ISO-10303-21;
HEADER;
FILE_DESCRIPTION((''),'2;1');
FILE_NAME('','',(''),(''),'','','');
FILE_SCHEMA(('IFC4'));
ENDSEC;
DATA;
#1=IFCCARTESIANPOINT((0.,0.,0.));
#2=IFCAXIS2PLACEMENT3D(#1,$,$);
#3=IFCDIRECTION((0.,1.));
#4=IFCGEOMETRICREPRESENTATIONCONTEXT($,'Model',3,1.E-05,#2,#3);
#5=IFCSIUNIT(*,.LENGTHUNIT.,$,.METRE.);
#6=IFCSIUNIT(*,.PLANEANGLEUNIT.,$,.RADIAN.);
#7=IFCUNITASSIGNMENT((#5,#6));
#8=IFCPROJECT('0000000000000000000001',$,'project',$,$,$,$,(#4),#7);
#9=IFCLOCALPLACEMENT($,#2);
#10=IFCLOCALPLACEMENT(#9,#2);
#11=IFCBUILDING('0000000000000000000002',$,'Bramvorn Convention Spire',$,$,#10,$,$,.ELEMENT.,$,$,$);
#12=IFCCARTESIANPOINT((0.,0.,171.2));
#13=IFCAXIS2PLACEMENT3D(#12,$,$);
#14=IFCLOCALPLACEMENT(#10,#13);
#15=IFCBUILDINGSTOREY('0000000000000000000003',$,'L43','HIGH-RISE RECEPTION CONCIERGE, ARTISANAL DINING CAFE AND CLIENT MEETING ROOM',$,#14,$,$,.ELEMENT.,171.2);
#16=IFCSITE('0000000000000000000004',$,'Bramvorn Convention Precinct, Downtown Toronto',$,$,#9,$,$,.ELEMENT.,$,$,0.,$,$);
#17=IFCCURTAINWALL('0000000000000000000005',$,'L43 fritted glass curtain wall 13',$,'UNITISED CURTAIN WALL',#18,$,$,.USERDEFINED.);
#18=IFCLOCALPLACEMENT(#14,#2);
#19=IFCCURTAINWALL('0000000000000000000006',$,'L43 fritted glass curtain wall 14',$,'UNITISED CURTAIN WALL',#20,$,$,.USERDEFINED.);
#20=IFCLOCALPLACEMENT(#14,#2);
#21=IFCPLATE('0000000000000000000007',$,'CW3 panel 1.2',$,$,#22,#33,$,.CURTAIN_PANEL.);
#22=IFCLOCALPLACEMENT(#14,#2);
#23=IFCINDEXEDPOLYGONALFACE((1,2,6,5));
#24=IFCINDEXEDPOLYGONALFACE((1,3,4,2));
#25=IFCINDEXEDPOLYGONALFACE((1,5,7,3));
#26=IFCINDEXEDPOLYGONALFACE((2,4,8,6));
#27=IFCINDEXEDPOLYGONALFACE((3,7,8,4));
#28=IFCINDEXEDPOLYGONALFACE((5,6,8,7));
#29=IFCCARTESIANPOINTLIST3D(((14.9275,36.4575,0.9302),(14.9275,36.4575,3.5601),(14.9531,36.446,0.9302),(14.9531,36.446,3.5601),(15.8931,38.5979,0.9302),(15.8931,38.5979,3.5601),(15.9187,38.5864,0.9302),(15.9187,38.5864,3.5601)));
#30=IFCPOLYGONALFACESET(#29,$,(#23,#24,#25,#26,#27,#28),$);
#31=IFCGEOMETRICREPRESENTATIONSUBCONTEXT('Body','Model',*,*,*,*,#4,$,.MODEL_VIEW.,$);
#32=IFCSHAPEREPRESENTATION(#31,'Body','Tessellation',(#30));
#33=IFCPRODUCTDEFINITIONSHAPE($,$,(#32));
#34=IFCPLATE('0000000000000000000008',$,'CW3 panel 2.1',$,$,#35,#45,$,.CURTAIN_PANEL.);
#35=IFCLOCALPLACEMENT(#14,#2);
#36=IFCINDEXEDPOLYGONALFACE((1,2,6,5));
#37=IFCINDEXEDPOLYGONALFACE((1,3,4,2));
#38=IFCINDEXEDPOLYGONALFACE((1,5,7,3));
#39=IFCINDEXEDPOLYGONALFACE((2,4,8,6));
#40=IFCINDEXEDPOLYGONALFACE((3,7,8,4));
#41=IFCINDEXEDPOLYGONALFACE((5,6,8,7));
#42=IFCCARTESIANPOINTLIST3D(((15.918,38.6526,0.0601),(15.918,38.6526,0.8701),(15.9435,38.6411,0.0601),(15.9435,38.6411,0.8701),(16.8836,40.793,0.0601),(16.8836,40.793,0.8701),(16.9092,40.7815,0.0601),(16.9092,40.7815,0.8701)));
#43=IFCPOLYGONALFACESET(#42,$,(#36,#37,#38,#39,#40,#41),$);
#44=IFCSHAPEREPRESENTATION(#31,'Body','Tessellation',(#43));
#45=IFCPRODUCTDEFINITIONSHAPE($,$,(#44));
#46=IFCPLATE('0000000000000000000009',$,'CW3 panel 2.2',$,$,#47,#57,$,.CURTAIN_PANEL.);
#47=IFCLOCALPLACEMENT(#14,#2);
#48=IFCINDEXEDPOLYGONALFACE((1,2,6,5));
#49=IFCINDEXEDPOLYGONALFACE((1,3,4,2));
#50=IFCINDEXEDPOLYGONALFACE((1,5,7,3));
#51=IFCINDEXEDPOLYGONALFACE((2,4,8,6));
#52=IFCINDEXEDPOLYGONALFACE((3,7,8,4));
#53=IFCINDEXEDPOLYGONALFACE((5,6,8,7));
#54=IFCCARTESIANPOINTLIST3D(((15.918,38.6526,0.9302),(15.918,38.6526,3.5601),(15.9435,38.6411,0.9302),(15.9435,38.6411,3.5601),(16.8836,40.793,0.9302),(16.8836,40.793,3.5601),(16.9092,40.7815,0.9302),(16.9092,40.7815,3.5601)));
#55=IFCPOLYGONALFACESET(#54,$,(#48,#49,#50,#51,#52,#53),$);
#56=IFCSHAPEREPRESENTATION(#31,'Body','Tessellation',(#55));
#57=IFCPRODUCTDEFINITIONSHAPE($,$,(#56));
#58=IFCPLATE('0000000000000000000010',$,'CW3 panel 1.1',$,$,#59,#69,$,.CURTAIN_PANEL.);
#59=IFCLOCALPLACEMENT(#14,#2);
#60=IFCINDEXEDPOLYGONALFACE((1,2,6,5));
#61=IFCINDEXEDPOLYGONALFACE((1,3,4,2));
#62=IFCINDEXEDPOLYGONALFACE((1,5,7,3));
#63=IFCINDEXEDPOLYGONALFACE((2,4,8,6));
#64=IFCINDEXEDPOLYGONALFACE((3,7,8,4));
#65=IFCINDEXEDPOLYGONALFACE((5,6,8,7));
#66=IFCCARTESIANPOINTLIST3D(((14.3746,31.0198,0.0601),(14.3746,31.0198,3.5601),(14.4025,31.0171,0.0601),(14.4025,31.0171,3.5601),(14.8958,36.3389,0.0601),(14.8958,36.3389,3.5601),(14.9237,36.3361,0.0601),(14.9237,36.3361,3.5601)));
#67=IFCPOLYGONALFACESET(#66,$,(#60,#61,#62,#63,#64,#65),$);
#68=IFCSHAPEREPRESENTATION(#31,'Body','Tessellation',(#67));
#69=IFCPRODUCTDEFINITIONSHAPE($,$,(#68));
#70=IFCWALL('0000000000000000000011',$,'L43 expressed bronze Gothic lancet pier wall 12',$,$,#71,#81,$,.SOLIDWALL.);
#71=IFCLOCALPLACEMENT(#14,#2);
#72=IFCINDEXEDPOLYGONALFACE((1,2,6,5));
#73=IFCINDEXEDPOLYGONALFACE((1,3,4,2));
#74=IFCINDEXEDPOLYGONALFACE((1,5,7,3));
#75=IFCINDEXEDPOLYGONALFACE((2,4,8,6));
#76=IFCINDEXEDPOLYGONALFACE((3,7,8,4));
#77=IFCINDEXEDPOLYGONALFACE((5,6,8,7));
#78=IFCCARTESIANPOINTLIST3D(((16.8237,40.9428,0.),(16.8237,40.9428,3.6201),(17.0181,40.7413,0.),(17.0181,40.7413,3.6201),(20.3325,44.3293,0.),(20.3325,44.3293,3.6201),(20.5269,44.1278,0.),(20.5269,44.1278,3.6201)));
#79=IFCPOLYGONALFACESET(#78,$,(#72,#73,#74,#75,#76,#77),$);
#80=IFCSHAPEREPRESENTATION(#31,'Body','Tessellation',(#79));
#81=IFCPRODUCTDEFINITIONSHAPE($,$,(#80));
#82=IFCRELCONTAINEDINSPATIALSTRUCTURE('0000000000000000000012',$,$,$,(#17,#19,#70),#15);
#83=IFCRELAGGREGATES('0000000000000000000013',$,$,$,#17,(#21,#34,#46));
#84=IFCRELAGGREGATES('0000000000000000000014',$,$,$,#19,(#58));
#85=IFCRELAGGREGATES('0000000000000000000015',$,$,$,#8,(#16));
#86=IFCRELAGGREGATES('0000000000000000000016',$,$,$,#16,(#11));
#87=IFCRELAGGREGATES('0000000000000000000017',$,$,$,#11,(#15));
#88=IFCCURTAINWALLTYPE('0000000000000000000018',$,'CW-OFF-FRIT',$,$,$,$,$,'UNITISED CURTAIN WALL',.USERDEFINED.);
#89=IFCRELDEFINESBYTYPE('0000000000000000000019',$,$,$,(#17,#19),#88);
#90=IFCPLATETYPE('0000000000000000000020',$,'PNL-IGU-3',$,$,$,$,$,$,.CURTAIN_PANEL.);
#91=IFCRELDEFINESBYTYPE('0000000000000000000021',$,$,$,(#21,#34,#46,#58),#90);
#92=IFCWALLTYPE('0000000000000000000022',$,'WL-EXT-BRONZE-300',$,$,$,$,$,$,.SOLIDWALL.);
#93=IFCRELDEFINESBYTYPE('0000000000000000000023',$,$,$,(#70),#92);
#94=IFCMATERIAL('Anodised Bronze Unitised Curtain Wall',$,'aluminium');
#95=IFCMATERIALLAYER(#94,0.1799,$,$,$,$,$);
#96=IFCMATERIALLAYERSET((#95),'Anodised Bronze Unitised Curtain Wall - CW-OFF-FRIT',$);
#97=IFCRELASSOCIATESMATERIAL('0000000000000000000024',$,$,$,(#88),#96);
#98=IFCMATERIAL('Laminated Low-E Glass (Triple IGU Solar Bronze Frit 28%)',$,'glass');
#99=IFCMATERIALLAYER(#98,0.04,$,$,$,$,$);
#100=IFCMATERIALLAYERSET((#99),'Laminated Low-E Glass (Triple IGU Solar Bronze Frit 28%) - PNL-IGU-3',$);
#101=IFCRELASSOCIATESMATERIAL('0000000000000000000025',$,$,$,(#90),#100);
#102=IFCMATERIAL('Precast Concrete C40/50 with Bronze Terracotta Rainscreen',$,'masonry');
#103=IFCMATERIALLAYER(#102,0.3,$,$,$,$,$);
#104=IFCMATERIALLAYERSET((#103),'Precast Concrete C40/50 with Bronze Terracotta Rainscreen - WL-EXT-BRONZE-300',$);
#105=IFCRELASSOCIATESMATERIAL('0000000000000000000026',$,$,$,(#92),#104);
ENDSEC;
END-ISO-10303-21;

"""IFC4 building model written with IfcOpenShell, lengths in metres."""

from ifc_helpers import new_model, si_unit, direction, frame, frame_2d, origin, origin_2d, place, context, subcontext, project, spatial, rectangle, extrude, material, layer, layer_set, type_object, element, aggregate, save


model = new_model("IFC4")

# Units and contexts
model_context = context("Model", 3, precision=1e-05, world=origin(), true_north=direction((0.0, 1.0)))
body_context = subcontext(model_context, "Body", "Model", "MODEL_VIEW")
ifc_project = project(units=[si_unit("LENGTHUNIT", "METRE"), si_unit("PLANEANGLEUNIT", "RADIAN")], contexts=[model_context])

# Site, building, storey
site_placement = place(None, origin())
site = spatial("IfcSite", under=ifc_project, at=site_placement, Name="Bramvorn Convention Precinct, Downtown Toronto", CompositionType="ELEMENT", RefElevation=0.0)
building_placement = place(site_placement, origin())
building = spatial("IfcBuilding", under=site, at=building_placement, Name="Bramvorn Convention Spire", CompositionType="ELEMENT")
storey_placement = place(building_placement, frame((0.0, 0.0, 171.2)))
storey = spatial("IfcBuildingStorey", under=building, at=storey_placement, Name="L43", Description="HIGH-RISE RECEPTION CONCIERGE, ARTISANAL DINING CAFE AND CLIENT MEETING ROOM", CompositionType="ELEMENT", Elevation=171.2)

# Curtain wall
ifc_material_1 = material(Name="Anodised Bronze Unitised Curtain Wall", Category="aluminium")
ifc_layer_1 = layer(ifc_material_1, 0.1799)
ifc_layer_set_1 = layer_set([ifc_layer_1], Name="Anodised Bronze Unitised Curtain Wall - CW-OFF-FRIT")
curtain_wall_type = type_object("IfcCurtainWallType", Name="CW-OFF-FRIT", ElementType="UNITISED CURTAIN WALL", PredefinedType="USERDEFINED", material=ifc_layer_set_1)
curtain_wall_1_placement = place(storey_placement, origin())
curtain_wall_1 = element("IfcCurtainWall", 1, at=curtain_wall_1_placement, inside=storey, type_object=curtain_wall_type, Name="L43 fritted glass curtain wall 13", ObjectType="UNITISED CURTAIN WALL", PredefinedType="USERDEFINED")

# Curtain wall
curtain_wall_2_placement = place(storey_placement, origin())
curtain_wall_2 = element("IfcCurtainWall", 2, at=curtain_wall_2_placement, inside=storey, type_object=curtain_wall_type, Name="L43 fritted glass curtain wall 14", ObjectType="UNITISED CURTAIN WALL", PredefinedType="USERDEFINED")

# Plates
ifc_material_2 = material(Name="Laminated Low-E Glass (Triple IGU Solar Bronze Frit 28%)", Category="glass")
ifc_layer_2 = layer(ifc_material_2, 0.04)
ifc_layer_set_2 = layer_set([ifc_layer_2], Name="Laminated Low-E Glass (Triple IGU Solar Bronze Frit 28%) - PNL-IGU-3")
plate_type = type_object("IfcPlateType", Name="PNL-IGU-3", PredefinedType="CURTAIN_PANEL", material=ifc_layer_set_2)
plate_1_placement = place(storey_placement, frame((15.4231, 37.522, 0.9302), z_axis=(0.0, 0.0, 1.0), x_axis=(0.411241, 0.911527, 0.0)))
plate_1 = element("IfcPlate", 3, at=plate_1_placement, type_object=plate_type, Name="CW3 panel 1.2", PredefinedType="CURTAIN_PANEL", context=body_context, shape_type="SweptSolid", body=[
    extrude(rectangle(XDim=2.3481, YDim=0.0281, at=origin_2d()), origin(), (0.0, 0.0, 1.0), 2.6299),
])
plate_2_placement = place(storey_placement, frame((16.4136, 39.717, 0.0601), z_axis=(0.0, 0.0, 1.0), x_axis=(0.411241, 0.911527, 0.0)))
plate_2 = element("IfcPlate", 4, at=plate_2_placement, type_object=plate_type, Name="CW3 panel 2.1", PredefinedType="CURTAIN_PANEL", context=body_context, shape_type="SweptSolid", body=[
    extrude(rectangle(XDim=2.3481, YDim=0.0281, at=origin_2d()), origin(), (0.0, 0.0, 1.0), 0.8101),
])
plate_3_placement = place(storey_placement, frame((16.4136, 39.717, 0.9302), z_axis=(0.0, 0.0, 1.0), x_axis=(0.411241, 0.911527, 0.0)))
plate_3 = element("IfcPlate", 5, at=plate_3_placement, type_object=plate_type, Name="CW3 panel 2.2", PredefinedType="CURTAIN_PANEL", context=body_context, shape_type="SweptSolid", body=[
    extrude(rectangle(XDim=2.3481, YDim=0.0281, at=origin_2d()), origin(), (0.0, 0.0, 1.0), 2.6299),
])
aggregate(curtain_wall_1, [plate_1, plate_2, plate_3])
plate_4_placement = place(storey_placement, frame((14.6492, 33.678, 0.0601), z_axis=(0.0, 0.0, 1.0), x_axis=(0.09752, 0.995234, 0.0)))
plate_4 = element("IfcPlate", 6, at=plate_4_placement, type_object=plate_type, Name="CW3 panel 1.1", PredefinedType="CURTAIN_PANEL", context=body_context, shape_type="SweptSolid", body=[
    extrude(rectangle(XDim=5.3445, YDim=0.0281, at=origin_2d()), origin(), (0.0, 0.0, 1.0), 3.5),
])
aggregate(curtain_wall_2, [plate_4])

# Wall
ifc_material_3 = material(Name="Precast Concrete C40/50 with Bronze Terracotta Rainscreen", Category="masonry")
ifc_layer_3 = layer(ifc_material_3, 0.3)
ifc_layer_set_3 = layer_set([ifc_layer_3], Name="Precast Concrete C40/50 with Bronze Terracotta Rainscreen - WL-EXT-BRONZE-300")
wall_type = type_object("IfcWallType", Name="WL-EXT-BRONZE-300", PredefinedType="SOLIDWALL", material=ifc_layer_set_3)
wall_placement = place(storey_placement, frame((16.9209, 40.842, 0.0), z_axis=(0.0, 0.0, 1.0), x_axis=(0.719537, 0.694454, 0.0)))
element("IfcWall", 7, at=wall_placement, inside=storey, type_object=wall_type, Name="L43 expressed bronze Gothic lancet pier wall 12", PredefinedType="SOLIDWALL", context=body_context, shape_type="SweptSolid", body=[
    extrude(rectangle(XDim=4.8765, YDim=0.28, at=frame_2d((2.4382, 0.0))), origin(), (0.0, 0.0, 1.0), 3.6201),
])

save(model, "model.ifc")
